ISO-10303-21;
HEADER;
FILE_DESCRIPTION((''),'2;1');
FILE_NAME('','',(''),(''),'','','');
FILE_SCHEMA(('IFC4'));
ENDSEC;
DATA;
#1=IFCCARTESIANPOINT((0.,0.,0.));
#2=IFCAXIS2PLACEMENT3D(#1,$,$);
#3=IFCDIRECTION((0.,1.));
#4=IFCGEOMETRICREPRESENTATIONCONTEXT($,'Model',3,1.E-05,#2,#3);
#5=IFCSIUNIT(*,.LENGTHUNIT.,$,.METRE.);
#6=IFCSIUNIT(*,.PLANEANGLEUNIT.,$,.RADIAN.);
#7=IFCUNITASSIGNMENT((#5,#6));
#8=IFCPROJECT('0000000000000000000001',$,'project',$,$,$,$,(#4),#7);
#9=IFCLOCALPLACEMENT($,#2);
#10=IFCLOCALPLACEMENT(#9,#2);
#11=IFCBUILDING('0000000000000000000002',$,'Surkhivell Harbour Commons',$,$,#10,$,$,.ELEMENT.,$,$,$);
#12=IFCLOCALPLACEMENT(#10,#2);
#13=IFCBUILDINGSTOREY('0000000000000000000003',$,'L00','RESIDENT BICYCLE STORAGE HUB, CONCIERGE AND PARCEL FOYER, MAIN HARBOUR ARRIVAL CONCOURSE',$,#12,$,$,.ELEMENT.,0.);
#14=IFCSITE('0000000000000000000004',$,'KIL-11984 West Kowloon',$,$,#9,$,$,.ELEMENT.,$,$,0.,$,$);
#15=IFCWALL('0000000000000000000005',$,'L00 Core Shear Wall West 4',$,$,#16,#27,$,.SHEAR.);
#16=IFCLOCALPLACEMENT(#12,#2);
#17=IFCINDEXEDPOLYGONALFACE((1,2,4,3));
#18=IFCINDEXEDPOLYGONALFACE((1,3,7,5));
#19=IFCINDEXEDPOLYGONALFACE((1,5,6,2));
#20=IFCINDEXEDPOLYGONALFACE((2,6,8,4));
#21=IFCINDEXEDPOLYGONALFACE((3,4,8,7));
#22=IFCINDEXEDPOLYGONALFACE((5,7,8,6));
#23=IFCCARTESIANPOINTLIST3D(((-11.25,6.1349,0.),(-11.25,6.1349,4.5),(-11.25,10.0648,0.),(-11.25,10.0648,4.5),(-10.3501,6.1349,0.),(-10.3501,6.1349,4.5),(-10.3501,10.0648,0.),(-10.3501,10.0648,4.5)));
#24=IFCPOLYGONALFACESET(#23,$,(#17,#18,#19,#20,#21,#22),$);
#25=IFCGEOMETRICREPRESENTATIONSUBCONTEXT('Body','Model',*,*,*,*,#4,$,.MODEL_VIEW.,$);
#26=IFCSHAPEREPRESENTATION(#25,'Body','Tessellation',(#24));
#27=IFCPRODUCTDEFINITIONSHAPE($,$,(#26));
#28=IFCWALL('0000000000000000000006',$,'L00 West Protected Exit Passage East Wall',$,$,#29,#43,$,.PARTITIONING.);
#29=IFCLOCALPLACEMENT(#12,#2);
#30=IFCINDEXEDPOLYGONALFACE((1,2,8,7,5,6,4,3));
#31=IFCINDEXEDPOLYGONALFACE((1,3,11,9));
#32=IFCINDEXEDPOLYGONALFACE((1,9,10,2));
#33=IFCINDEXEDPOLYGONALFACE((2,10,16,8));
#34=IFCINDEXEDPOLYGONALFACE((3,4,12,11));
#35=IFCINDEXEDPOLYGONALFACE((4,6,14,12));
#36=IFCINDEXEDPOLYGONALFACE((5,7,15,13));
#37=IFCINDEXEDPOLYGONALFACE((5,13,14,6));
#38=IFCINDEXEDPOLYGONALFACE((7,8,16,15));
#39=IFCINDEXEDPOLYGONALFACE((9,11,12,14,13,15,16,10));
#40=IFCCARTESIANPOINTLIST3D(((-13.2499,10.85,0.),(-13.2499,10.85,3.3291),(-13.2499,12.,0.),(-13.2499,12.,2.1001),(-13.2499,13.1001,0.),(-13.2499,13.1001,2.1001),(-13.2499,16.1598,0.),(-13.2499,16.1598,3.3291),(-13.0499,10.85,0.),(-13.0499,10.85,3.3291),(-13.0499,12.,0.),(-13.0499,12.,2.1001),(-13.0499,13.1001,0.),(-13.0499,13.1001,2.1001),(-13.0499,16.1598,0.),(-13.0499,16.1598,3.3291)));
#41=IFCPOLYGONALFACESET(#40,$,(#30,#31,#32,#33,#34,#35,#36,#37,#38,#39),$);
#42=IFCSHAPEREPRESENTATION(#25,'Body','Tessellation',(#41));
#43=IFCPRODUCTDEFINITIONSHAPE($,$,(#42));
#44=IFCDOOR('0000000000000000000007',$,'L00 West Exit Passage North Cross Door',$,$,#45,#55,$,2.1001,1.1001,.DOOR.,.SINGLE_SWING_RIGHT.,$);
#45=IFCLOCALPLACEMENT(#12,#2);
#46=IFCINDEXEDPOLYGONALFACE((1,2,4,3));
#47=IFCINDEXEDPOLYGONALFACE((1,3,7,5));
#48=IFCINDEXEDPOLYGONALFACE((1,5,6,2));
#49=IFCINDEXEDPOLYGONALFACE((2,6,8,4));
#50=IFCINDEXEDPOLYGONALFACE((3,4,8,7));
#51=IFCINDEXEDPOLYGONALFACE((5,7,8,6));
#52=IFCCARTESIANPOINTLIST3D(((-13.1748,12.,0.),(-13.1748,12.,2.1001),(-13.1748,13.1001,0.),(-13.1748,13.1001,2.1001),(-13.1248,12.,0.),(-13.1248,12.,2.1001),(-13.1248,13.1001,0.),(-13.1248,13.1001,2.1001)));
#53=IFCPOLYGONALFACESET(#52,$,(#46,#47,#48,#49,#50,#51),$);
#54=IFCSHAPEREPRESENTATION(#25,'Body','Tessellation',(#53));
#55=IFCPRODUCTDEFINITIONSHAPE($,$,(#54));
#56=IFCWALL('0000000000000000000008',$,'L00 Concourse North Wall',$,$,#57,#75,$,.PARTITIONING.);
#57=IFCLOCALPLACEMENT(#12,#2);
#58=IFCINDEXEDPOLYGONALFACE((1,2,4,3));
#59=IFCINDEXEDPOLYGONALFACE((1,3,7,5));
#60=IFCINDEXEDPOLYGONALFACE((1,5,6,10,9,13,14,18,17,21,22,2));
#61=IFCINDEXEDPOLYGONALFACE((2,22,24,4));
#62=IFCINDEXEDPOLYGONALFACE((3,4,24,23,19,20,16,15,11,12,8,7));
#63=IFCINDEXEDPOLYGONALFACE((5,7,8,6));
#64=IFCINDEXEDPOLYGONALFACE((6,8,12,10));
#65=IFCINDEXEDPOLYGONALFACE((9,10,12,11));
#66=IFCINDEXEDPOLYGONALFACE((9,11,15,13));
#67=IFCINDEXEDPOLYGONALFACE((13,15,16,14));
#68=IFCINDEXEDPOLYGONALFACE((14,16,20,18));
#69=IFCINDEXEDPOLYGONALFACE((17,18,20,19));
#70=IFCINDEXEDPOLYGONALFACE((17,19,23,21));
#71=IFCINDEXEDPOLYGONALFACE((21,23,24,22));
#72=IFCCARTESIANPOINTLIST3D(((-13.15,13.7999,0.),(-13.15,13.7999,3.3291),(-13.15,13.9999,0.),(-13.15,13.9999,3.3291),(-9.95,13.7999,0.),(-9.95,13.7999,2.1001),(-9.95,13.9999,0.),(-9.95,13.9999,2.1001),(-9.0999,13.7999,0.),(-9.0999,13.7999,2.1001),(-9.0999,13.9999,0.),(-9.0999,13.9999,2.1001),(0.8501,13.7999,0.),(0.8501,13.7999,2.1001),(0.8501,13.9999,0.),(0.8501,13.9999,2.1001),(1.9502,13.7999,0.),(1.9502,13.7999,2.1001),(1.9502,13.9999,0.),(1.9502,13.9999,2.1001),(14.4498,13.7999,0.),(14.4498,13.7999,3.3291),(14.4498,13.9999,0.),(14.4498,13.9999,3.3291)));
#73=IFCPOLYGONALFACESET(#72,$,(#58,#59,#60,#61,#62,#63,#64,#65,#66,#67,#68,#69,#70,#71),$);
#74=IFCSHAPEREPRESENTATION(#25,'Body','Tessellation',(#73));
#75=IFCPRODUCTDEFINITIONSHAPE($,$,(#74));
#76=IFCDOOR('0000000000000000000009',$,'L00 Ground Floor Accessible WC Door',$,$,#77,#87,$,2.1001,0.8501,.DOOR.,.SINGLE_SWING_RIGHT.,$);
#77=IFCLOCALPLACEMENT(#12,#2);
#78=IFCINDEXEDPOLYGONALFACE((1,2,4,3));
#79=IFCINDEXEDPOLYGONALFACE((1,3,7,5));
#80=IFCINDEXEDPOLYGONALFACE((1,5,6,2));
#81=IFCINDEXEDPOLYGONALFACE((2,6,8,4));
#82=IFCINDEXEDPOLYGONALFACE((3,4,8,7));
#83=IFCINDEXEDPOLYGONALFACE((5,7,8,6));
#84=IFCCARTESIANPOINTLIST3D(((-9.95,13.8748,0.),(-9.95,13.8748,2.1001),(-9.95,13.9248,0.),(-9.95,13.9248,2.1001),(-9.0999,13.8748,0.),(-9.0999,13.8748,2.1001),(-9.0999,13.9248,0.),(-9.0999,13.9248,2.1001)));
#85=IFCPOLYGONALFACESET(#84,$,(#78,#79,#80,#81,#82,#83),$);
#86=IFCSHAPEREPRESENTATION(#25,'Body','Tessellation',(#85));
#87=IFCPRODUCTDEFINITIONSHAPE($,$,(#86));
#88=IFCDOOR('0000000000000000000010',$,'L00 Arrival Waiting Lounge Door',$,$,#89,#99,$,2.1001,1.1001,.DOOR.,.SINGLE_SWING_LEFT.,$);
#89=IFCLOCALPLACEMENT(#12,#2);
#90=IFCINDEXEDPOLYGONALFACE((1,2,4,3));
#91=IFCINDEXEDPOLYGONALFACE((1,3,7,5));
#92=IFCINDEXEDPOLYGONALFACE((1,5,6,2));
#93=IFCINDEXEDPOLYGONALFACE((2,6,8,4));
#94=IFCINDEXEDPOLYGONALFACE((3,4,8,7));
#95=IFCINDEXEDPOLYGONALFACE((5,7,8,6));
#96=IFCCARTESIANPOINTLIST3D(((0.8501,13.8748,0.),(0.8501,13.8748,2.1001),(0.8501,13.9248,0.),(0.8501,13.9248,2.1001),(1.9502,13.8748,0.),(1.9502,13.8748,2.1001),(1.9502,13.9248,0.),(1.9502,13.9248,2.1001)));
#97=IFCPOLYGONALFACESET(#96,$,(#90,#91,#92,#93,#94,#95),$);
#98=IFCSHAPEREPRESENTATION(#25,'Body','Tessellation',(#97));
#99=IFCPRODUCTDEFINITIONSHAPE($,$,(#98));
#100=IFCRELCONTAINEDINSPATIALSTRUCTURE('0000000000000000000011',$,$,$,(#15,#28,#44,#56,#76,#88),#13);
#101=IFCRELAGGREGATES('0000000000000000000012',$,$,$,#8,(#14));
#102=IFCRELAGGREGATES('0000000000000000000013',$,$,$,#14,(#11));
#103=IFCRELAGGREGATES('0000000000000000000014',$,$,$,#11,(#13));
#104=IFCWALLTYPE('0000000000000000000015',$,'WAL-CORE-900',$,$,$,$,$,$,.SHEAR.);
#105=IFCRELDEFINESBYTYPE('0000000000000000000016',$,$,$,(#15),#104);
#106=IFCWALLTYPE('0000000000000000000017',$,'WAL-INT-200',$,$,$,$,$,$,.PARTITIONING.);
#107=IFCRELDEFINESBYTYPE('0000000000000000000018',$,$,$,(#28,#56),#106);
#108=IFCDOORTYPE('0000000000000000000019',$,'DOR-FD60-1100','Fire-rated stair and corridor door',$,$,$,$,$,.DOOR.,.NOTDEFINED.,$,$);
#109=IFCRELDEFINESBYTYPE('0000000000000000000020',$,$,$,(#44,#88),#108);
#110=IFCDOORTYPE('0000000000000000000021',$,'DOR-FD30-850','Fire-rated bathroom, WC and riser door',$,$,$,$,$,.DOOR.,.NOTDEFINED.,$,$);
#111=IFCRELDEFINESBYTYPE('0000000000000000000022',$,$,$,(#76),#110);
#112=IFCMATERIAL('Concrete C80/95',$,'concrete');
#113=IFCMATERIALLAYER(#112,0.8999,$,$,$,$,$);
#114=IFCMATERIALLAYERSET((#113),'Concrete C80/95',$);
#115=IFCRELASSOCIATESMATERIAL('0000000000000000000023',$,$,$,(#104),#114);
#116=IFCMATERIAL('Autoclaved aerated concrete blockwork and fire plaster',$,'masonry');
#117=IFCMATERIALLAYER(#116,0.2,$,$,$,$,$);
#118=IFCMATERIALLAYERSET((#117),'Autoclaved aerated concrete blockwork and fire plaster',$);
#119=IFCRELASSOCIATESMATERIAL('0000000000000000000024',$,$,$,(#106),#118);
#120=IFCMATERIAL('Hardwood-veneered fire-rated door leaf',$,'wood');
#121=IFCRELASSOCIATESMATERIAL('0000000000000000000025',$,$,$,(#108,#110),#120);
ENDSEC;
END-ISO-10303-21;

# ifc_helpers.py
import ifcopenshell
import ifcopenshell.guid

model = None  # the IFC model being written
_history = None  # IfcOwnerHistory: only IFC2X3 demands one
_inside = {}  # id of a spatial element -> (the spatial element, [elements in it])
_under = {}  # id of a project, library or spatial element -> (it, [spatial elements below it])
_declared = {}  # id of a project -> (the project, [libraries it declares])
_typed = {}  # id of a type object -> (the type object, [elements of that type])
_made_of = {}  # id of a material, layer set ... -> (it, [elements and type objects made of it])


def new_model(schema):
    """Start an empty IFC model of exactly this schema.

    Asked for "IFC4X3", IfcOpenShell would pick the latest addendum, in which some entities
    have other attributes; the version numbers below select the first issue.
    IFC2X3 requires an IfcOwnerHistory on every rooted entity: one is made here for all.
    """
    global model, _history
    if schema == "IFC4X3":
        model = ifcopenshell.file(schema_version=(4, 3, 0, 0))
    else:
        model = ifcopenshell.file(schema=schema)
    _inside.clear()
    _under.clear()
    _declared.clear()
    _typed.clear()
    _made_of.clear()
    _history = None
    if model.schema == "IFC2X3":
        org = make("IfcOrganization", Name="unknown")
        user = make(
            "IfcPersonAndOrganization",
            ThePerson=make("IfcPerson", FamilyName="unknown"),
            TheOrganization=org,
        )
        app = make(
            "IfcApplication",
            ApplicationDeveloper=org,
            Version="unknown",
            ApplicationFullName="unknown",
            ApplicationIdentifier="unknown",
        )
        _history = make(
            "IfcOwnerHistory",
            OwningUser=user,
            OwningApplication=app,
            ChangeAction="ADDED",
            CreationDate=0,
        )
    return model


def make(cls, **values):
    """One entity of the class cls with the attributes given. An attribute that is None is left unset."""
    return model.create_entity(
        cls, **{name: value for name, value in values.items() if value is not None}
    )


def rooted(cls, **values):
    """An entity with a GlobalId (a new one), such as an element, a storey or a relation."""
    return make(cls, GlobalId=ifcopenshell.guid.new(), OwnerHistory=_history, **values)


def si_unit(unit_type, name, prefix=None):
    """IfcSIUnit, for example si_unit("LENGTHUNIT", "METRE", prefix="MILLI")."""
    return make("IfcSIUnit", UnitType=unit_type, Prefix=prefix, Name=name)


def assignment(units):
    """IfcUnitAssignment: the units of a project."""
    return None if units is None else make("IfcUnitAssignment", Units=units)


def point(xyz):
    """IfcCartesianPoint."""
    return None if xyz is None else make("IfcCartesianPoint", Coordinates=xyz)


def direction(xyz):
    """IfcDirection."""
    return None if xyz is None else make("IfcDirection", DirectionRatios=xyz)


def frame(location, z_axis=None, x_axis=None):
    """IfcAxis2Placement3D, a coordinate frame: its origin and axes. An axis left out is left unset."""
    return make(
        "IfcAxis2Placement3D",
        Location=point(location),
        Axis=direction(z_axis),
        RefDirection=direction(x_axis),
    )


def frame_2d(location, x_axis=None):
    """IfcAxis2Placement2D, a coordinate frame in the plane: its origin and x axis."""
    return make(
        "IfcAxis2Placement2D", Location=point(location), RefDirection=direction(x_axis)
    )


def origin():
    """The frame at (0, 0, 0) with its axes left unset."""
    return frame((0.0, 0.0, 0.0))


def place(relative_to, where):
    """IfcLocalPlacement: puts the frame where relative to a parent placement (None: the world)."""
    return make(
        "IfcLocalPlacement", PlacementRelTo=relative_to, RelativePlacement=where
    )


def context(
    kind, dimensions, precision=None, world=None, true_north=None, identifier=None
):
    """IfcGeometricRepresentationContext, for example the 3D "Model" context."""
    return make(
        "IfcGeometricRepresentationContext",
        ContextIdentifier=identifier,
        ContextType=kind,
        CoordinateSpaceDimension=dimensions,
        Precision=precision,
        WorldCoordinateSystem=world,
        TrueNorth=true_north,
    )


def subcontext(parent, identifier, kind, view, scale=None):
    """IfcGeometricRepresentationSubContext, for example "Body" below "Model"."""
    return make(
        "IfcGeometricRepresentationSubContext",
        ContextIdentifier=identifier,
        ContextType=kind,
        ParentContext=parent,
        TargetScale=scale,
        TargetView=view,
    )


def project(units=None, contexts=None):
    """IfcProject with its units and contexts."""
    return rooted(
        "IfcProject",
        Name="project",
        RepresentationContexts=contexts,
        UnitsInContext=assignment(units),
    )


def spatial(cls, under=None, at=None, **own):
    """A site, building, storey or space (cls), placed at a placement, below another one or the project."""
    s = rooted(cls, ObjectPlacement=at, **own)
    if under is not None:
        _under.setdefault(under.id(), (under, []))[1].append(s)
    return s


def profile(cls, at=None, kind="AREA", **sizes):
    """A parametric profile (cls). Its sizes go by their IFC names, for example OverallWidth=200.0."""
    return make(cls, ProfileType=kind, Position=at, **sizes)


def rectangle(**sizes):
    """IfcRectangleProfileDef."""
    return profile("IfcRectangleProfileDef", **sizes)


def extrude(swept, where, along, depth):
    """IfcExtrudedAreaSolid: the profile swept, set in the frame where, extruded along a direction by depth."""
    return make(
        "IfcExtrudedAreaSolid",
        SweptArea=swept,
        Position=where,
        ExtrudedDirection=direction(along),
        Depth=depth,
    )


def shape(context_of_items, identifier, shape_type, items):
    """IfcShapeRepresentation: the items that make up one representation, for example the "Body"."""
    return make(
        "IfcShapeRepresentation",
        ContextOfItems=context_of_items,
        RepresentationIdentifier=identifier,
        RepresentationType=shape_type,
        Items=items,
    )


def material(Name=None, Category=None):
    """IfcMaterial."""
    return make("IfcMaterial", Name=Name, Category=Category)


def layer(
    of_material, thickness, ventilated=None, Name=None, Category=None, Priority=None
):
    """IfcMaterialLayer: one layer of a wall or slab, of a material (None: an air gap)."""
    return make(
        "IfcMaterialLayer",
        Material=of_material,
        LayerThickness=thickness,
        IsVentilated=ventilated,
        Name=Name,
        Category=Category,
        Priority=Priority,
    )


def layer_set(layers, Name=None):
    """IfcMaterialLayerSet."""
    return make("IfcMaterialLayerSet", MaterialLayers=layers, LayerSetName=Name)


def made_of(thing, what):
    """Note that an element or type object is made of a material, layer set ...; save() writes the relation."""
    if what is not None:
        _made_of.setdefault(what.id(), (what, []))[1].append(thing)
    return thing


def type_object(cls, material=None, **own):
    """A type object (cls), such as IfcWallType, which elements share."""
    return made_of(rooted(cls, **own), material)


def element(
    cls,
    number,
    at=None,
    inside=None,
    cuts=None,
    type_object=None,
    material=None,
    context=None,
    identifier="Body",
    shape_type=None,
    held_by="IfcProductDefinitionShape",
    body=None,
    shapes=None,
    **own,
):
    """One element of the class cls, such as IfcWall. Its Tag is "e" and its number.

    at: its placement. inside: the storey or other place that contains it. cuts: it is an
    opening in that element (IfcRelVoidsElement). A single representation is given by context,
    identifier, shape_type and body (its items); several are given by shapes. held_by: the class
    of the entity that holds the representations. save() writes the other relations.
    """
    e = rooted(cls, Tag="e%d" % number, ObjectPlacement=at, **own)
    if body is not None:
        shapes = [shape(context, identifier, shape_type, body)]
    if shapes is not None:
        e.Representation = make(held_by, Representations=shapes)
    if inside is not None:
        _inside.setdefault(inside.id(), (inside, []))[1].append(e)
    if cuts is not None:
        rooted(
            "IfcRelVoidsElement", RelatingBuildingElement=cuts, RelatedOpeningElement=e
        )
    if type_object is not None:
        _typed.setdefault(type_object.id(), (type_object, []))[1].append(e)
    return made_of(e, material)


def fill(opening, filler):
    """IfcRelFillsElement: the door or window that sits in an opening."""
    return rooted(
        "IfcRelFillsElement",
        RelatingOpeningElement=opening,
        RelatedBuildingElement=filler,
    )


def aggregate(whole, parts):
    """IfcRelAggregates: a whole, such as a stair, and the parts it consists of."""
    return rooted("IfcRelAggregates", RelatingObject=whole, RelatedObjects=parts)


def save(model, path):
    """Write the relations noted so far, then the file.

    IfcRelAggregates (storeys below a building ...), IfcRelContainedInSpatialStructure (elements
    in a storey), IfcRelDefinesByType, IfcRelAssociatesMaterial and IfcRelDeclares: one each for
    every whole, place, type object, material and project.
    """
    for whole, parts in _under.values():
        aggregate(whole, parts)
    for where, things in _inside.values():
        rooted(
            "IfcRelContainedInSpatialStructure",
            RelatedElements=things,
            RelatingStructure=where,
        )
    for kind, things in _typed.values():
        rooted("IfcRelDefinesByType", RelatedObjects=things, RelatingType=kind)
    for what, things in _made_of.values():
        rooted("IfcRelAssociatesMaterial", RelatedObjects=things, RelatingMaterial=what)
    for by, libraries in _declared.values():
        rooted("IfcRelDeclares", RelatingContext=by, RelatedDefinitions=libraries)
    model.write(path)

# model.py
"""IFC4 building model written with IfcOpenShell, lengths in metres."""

from ifc_helpers import new_model, si_unit, direction, frame, frame_2d, origin, place, context, subcontext, project, spatial, rectangle, extrude, material, layer, layer_set, type_object, element, fill, save


model = new_model("IFC4")

# Units and contexts
model_context = context("Model", 3, precision=1e-05, world=origin(), true_north=direction((0.0, 1.0)))
body_context = subcontext(model_context, "Body", "Model", "MODEL_VIEW")
ifc_project = project(units=[si_unit("LENGTHUNIT", "METRE"), si_unit("PLANEANGLEUNIT", "RADIAN")], contexts=[model_context])

# Site, building, storey
site_placement = place(None, origin())
site = spatial("IfcSite", under=ifc_project, at=site_placement, Name="KIL-11984 West Kowloon", CompositionType="ELEMENT", RefElevation=0.0)
building_placement = place(site_placement, origin())
building = spatial("IfcBuilding", under=site, at=building_placement, Name="Surkhivell Harbour Commons", CompositionType="ELEMENT")
storey_placement = place(building_placement, origin())
storey = spatial("IfcBuildingStorey", under=building, at=storey_placement, Name="L00", Description="RESIDENT BICYCLE STORAGE HUB, CONCIERGE AND PARCEL FOYER, MAIN HARBOUR ARRIVAL CONCOURSE", CompositionType="ELEMENT", Elevation=0.0)

# Shared definitions
ifc_material_1 = material(Name="Concrete C80/95", Category="concrete")

# Shared definitions
ifc_layer_1 = layer(ifc_material_1, 0.8999)
ifc_layer_set_1 = layer_set([ifc_layer_1], Name="Concrete C80/95")
wall_type_1 = type_object("IfcWallType", Name="WAL-CORE-900", PredefinedType="SHEAR", material=ifc_layer_set_1)
ifc_material_2 = material(Name="Hardwood-veneered fire-rated door leaf", Category="wood")

# Wall
wall_1_placement = place(storey_placement, frame((-10.8, 6.135, 0.0), z_axis=(0.0, 0.0, 1.0), x_axis=(0.0, 1.0, 0.0)))
element("IfcWall", 1, at=wall_1_placement, inside=storey, type_object=wall_type_1, Name="L00 Core Shear Wall West 4", PredefinedType="SHEAR", context=body_context, shape_type="SweptSolid", body=[
    extrude(rectangle(XDim=3.9299, YDim=0.8999, at=frame_2d((1.9648, 0.0))), origin(), (0.0, 0.0, 1.0), 4.5),
])

# Wall, opening, door
ifc_material_3 = material(Name="Autoclaved aerated concrete blockwork and fire plaster", Category="masonry")
ifc_layer_2 = layer(ifc_material_3, 0.2)
ifc_layer_set_2 = layer_set([ifc_layer_2], Name="Autoclaved aerated concrete blockwork and fire plaster")
wall_type_2 = type_object("IfcWallType", Name="WAL-INT-200", PredefinedType="PARTITIONING", material=ifc_layer_set_2)
wall_2_placement = place(storey_placement, frame((-13.1499, 10.8501, 0.0), z_axis=(0.0, 0.0, 1.0), x_axis=(0.0, 1.0, 0.0)))
wall_2 = element("IfcWall", 2, at=wall_2_placement, inside=storey, type_object=wall_type_2, Name="L00 West Protected Exit Passage East Wall", PredefinedType="PARTITIONING", context=body_context, shape_type="SweptSolid", body=[
    extrude(rectangle(XDim=5.3098, YDim=0.2, at=frame_2d((2.6548, 0.0))), origin(), (0.0, 0.0, 1.0), 3.3291),
])
opening_1_placement = place(wall_2_placement, frame((1.1499, 0.0, 0.0)))
opening_1 = element("IfcOpeningElement", 3, at=opening_1_placement, cuts=wall_2, PredefinedType="OPENING", context=body_context, shape_type="SweptSolid", body=[
    extrude(rectangle(XDim=1.1001, YDim=2.1001, at=frame_2d((0.55, 1.05))), frame((0.0, 0.1099, 0.0), z_axis=(0.0, -1.0, 0.0), x_axis=(1.0, 0.0, 0.0)), (0.0, 0.0, 1.0), 0.22),
])
door_type_1 = type_object("IfcDoorType", Name="DOR-FD60-1100", Description="Fire-rated stair and corridor door", OperationType="NOTDEFINED", PredefinedType="DOOR", material=ifc_material_2)
door_1_placement = place(opening_1_placement, origin())
door_1 = element("IfcDoor", 4, at=door_1_placement, inside=storey, type_object=door_type_1, Name="L00 West Exit Passage North Cross Door", OperationType="SINGLE_SWING_RIGHT", OverallHeight=2.1001, OverallWidth=1.1001, PredefinedType="DOOR", context=body_context, shape_type="SweptSolid", body=[
    extrude(rectangle(XDim=1.1001, YDim=2.1001, at=frame_2d((0.55, 1.05))), frame((0.0, 0.0249, 0.0), z_axis=(0.0, -1.0, 0.0), x_axis=(1.0, 0.0, 0.0)), (0.0, 0.0, 1.0), 0.05),
])
fill(opening_1, door_1)

# Wall, openings, doors
wall_3_placement = place(storey_placement, frame((-13.1499, 13.8999, 0.0), z_axis=(0.0, 0.0, 1.0), x_axis=(1.0, 0.0, 0.0)))
wall_3 = element("IfcWall", 5, at=wall_3_placement, inside=storey, type_object=wall_type_2, Name="L00 Concourse North Wall", PredefinedType="PARTITIONING", context=body_context, shape_type="SweptSolid", body=[
    extrude(rectangle(XDim=27.5999, YDim=0.2, at=frame_2d((13.7998, 0.0))), origin(), (0.0, 0.0, 1.0), 3.3291),
])
opening_2_placement = place(wall_3_placement, frame((3.2, 0.0, 0.0)))
opening_2 = element("IfcOpeningElement", 6, at=opening_2_placement, cuts=wall_3, PredefinedType="OPENING", context=body_context, shape_type="SweptSolid", body=[
    extrude(rectangle(XDim=0.8501, YDim=2.1001, at=frame_2d((0.425, 1.05))), frame((0.0, 0.1099, 0.0), z_axis=(0.0, -1.0, 0.0), x_axis=(1.0, 0.0, 0.0)), (0.0, 0.0, 1.0), 0.22),
])
opening_3_placement = place(wall_3_placement, frame((14.0, 0.0, 0.0)))
opening_3 = element("IfcOpeningElement", 7, at=opening_3_placement, cuts=wall_3, PredefinedType="OPENING", context=body_context, shape_type="SweptSolid", body=[
    extrude(rectangle(XDim=1.1001, YDim=2.1001, at=frame_2d((0.55, 1.05))), frame((0.0, 0.1099, 0.0), z_axis=(0.0, -1.0, 0.0), x_axis=(1.0, 0.0, 0.0)), (0.0, 0.0, 1.0), 0.22),
])
door_type_2 = type_object("IfcDoorType", Name="DOR-FD30-850", Description="Fire-rated bathroom, WC and riser door", OperationType="NOTDEFINED", PredefinedType="DOOR", material=ifc_material_2)
door_2_placement = place(opening_2_placement, origin())
door_2 = element("IfcDoor", 8, at=door_2_placement, inside=storey, type_object=door_type_2, Name="L00 Ground Floor Accessible WC Door", OperationType="SINGLE_SWING_RIGHT", OverallHeight=2.1001, OverallWidth=0.8501, PredefinedType="DOOR", context=body_context, shape_type="SweptSolid", body=[
    extrude(rectangle(XDim=0.8501, YDim=2.1001, at=frame_2d((0.425, 1.05))), frame((0.0, 0.0249, 0.0), z_axis=(0.0, -1.0, 0.0), x_axis=(1.0, 0.0, 0.0)), (0.0, 0.0, 1.0), 0.05),
])
fill(opening_2, door_2)
door_3_placement = place(opening_3_placement, origin())
door_3 = element("IfcDoor", 9, at=door_3_placement, inside=storey, type_object=door_type_1, Name="L00 Arrival Waiting Lounge Door", OperationType="SINGLE_SWING_LEFT", OverallHeight=2.1001, OverallWidth=1.1001, PredefinedType="DOOR", context=body_context, shape_type="SweptSolid", body=[
    extrude(rectangle(XDim=1.1001, YDim=2.1001, at=frame_2d((0.55, 1.05))), frame((0.0, 0.0249, 0.0), z_axis=(0.0, -1.0, 0.0), x_axis=(1.0, 0.0, 0.0)), (0.0, 0.0, 1.0), 0.05),
])
fill(opening_3, door_3)

save(model, "model.ifc")
